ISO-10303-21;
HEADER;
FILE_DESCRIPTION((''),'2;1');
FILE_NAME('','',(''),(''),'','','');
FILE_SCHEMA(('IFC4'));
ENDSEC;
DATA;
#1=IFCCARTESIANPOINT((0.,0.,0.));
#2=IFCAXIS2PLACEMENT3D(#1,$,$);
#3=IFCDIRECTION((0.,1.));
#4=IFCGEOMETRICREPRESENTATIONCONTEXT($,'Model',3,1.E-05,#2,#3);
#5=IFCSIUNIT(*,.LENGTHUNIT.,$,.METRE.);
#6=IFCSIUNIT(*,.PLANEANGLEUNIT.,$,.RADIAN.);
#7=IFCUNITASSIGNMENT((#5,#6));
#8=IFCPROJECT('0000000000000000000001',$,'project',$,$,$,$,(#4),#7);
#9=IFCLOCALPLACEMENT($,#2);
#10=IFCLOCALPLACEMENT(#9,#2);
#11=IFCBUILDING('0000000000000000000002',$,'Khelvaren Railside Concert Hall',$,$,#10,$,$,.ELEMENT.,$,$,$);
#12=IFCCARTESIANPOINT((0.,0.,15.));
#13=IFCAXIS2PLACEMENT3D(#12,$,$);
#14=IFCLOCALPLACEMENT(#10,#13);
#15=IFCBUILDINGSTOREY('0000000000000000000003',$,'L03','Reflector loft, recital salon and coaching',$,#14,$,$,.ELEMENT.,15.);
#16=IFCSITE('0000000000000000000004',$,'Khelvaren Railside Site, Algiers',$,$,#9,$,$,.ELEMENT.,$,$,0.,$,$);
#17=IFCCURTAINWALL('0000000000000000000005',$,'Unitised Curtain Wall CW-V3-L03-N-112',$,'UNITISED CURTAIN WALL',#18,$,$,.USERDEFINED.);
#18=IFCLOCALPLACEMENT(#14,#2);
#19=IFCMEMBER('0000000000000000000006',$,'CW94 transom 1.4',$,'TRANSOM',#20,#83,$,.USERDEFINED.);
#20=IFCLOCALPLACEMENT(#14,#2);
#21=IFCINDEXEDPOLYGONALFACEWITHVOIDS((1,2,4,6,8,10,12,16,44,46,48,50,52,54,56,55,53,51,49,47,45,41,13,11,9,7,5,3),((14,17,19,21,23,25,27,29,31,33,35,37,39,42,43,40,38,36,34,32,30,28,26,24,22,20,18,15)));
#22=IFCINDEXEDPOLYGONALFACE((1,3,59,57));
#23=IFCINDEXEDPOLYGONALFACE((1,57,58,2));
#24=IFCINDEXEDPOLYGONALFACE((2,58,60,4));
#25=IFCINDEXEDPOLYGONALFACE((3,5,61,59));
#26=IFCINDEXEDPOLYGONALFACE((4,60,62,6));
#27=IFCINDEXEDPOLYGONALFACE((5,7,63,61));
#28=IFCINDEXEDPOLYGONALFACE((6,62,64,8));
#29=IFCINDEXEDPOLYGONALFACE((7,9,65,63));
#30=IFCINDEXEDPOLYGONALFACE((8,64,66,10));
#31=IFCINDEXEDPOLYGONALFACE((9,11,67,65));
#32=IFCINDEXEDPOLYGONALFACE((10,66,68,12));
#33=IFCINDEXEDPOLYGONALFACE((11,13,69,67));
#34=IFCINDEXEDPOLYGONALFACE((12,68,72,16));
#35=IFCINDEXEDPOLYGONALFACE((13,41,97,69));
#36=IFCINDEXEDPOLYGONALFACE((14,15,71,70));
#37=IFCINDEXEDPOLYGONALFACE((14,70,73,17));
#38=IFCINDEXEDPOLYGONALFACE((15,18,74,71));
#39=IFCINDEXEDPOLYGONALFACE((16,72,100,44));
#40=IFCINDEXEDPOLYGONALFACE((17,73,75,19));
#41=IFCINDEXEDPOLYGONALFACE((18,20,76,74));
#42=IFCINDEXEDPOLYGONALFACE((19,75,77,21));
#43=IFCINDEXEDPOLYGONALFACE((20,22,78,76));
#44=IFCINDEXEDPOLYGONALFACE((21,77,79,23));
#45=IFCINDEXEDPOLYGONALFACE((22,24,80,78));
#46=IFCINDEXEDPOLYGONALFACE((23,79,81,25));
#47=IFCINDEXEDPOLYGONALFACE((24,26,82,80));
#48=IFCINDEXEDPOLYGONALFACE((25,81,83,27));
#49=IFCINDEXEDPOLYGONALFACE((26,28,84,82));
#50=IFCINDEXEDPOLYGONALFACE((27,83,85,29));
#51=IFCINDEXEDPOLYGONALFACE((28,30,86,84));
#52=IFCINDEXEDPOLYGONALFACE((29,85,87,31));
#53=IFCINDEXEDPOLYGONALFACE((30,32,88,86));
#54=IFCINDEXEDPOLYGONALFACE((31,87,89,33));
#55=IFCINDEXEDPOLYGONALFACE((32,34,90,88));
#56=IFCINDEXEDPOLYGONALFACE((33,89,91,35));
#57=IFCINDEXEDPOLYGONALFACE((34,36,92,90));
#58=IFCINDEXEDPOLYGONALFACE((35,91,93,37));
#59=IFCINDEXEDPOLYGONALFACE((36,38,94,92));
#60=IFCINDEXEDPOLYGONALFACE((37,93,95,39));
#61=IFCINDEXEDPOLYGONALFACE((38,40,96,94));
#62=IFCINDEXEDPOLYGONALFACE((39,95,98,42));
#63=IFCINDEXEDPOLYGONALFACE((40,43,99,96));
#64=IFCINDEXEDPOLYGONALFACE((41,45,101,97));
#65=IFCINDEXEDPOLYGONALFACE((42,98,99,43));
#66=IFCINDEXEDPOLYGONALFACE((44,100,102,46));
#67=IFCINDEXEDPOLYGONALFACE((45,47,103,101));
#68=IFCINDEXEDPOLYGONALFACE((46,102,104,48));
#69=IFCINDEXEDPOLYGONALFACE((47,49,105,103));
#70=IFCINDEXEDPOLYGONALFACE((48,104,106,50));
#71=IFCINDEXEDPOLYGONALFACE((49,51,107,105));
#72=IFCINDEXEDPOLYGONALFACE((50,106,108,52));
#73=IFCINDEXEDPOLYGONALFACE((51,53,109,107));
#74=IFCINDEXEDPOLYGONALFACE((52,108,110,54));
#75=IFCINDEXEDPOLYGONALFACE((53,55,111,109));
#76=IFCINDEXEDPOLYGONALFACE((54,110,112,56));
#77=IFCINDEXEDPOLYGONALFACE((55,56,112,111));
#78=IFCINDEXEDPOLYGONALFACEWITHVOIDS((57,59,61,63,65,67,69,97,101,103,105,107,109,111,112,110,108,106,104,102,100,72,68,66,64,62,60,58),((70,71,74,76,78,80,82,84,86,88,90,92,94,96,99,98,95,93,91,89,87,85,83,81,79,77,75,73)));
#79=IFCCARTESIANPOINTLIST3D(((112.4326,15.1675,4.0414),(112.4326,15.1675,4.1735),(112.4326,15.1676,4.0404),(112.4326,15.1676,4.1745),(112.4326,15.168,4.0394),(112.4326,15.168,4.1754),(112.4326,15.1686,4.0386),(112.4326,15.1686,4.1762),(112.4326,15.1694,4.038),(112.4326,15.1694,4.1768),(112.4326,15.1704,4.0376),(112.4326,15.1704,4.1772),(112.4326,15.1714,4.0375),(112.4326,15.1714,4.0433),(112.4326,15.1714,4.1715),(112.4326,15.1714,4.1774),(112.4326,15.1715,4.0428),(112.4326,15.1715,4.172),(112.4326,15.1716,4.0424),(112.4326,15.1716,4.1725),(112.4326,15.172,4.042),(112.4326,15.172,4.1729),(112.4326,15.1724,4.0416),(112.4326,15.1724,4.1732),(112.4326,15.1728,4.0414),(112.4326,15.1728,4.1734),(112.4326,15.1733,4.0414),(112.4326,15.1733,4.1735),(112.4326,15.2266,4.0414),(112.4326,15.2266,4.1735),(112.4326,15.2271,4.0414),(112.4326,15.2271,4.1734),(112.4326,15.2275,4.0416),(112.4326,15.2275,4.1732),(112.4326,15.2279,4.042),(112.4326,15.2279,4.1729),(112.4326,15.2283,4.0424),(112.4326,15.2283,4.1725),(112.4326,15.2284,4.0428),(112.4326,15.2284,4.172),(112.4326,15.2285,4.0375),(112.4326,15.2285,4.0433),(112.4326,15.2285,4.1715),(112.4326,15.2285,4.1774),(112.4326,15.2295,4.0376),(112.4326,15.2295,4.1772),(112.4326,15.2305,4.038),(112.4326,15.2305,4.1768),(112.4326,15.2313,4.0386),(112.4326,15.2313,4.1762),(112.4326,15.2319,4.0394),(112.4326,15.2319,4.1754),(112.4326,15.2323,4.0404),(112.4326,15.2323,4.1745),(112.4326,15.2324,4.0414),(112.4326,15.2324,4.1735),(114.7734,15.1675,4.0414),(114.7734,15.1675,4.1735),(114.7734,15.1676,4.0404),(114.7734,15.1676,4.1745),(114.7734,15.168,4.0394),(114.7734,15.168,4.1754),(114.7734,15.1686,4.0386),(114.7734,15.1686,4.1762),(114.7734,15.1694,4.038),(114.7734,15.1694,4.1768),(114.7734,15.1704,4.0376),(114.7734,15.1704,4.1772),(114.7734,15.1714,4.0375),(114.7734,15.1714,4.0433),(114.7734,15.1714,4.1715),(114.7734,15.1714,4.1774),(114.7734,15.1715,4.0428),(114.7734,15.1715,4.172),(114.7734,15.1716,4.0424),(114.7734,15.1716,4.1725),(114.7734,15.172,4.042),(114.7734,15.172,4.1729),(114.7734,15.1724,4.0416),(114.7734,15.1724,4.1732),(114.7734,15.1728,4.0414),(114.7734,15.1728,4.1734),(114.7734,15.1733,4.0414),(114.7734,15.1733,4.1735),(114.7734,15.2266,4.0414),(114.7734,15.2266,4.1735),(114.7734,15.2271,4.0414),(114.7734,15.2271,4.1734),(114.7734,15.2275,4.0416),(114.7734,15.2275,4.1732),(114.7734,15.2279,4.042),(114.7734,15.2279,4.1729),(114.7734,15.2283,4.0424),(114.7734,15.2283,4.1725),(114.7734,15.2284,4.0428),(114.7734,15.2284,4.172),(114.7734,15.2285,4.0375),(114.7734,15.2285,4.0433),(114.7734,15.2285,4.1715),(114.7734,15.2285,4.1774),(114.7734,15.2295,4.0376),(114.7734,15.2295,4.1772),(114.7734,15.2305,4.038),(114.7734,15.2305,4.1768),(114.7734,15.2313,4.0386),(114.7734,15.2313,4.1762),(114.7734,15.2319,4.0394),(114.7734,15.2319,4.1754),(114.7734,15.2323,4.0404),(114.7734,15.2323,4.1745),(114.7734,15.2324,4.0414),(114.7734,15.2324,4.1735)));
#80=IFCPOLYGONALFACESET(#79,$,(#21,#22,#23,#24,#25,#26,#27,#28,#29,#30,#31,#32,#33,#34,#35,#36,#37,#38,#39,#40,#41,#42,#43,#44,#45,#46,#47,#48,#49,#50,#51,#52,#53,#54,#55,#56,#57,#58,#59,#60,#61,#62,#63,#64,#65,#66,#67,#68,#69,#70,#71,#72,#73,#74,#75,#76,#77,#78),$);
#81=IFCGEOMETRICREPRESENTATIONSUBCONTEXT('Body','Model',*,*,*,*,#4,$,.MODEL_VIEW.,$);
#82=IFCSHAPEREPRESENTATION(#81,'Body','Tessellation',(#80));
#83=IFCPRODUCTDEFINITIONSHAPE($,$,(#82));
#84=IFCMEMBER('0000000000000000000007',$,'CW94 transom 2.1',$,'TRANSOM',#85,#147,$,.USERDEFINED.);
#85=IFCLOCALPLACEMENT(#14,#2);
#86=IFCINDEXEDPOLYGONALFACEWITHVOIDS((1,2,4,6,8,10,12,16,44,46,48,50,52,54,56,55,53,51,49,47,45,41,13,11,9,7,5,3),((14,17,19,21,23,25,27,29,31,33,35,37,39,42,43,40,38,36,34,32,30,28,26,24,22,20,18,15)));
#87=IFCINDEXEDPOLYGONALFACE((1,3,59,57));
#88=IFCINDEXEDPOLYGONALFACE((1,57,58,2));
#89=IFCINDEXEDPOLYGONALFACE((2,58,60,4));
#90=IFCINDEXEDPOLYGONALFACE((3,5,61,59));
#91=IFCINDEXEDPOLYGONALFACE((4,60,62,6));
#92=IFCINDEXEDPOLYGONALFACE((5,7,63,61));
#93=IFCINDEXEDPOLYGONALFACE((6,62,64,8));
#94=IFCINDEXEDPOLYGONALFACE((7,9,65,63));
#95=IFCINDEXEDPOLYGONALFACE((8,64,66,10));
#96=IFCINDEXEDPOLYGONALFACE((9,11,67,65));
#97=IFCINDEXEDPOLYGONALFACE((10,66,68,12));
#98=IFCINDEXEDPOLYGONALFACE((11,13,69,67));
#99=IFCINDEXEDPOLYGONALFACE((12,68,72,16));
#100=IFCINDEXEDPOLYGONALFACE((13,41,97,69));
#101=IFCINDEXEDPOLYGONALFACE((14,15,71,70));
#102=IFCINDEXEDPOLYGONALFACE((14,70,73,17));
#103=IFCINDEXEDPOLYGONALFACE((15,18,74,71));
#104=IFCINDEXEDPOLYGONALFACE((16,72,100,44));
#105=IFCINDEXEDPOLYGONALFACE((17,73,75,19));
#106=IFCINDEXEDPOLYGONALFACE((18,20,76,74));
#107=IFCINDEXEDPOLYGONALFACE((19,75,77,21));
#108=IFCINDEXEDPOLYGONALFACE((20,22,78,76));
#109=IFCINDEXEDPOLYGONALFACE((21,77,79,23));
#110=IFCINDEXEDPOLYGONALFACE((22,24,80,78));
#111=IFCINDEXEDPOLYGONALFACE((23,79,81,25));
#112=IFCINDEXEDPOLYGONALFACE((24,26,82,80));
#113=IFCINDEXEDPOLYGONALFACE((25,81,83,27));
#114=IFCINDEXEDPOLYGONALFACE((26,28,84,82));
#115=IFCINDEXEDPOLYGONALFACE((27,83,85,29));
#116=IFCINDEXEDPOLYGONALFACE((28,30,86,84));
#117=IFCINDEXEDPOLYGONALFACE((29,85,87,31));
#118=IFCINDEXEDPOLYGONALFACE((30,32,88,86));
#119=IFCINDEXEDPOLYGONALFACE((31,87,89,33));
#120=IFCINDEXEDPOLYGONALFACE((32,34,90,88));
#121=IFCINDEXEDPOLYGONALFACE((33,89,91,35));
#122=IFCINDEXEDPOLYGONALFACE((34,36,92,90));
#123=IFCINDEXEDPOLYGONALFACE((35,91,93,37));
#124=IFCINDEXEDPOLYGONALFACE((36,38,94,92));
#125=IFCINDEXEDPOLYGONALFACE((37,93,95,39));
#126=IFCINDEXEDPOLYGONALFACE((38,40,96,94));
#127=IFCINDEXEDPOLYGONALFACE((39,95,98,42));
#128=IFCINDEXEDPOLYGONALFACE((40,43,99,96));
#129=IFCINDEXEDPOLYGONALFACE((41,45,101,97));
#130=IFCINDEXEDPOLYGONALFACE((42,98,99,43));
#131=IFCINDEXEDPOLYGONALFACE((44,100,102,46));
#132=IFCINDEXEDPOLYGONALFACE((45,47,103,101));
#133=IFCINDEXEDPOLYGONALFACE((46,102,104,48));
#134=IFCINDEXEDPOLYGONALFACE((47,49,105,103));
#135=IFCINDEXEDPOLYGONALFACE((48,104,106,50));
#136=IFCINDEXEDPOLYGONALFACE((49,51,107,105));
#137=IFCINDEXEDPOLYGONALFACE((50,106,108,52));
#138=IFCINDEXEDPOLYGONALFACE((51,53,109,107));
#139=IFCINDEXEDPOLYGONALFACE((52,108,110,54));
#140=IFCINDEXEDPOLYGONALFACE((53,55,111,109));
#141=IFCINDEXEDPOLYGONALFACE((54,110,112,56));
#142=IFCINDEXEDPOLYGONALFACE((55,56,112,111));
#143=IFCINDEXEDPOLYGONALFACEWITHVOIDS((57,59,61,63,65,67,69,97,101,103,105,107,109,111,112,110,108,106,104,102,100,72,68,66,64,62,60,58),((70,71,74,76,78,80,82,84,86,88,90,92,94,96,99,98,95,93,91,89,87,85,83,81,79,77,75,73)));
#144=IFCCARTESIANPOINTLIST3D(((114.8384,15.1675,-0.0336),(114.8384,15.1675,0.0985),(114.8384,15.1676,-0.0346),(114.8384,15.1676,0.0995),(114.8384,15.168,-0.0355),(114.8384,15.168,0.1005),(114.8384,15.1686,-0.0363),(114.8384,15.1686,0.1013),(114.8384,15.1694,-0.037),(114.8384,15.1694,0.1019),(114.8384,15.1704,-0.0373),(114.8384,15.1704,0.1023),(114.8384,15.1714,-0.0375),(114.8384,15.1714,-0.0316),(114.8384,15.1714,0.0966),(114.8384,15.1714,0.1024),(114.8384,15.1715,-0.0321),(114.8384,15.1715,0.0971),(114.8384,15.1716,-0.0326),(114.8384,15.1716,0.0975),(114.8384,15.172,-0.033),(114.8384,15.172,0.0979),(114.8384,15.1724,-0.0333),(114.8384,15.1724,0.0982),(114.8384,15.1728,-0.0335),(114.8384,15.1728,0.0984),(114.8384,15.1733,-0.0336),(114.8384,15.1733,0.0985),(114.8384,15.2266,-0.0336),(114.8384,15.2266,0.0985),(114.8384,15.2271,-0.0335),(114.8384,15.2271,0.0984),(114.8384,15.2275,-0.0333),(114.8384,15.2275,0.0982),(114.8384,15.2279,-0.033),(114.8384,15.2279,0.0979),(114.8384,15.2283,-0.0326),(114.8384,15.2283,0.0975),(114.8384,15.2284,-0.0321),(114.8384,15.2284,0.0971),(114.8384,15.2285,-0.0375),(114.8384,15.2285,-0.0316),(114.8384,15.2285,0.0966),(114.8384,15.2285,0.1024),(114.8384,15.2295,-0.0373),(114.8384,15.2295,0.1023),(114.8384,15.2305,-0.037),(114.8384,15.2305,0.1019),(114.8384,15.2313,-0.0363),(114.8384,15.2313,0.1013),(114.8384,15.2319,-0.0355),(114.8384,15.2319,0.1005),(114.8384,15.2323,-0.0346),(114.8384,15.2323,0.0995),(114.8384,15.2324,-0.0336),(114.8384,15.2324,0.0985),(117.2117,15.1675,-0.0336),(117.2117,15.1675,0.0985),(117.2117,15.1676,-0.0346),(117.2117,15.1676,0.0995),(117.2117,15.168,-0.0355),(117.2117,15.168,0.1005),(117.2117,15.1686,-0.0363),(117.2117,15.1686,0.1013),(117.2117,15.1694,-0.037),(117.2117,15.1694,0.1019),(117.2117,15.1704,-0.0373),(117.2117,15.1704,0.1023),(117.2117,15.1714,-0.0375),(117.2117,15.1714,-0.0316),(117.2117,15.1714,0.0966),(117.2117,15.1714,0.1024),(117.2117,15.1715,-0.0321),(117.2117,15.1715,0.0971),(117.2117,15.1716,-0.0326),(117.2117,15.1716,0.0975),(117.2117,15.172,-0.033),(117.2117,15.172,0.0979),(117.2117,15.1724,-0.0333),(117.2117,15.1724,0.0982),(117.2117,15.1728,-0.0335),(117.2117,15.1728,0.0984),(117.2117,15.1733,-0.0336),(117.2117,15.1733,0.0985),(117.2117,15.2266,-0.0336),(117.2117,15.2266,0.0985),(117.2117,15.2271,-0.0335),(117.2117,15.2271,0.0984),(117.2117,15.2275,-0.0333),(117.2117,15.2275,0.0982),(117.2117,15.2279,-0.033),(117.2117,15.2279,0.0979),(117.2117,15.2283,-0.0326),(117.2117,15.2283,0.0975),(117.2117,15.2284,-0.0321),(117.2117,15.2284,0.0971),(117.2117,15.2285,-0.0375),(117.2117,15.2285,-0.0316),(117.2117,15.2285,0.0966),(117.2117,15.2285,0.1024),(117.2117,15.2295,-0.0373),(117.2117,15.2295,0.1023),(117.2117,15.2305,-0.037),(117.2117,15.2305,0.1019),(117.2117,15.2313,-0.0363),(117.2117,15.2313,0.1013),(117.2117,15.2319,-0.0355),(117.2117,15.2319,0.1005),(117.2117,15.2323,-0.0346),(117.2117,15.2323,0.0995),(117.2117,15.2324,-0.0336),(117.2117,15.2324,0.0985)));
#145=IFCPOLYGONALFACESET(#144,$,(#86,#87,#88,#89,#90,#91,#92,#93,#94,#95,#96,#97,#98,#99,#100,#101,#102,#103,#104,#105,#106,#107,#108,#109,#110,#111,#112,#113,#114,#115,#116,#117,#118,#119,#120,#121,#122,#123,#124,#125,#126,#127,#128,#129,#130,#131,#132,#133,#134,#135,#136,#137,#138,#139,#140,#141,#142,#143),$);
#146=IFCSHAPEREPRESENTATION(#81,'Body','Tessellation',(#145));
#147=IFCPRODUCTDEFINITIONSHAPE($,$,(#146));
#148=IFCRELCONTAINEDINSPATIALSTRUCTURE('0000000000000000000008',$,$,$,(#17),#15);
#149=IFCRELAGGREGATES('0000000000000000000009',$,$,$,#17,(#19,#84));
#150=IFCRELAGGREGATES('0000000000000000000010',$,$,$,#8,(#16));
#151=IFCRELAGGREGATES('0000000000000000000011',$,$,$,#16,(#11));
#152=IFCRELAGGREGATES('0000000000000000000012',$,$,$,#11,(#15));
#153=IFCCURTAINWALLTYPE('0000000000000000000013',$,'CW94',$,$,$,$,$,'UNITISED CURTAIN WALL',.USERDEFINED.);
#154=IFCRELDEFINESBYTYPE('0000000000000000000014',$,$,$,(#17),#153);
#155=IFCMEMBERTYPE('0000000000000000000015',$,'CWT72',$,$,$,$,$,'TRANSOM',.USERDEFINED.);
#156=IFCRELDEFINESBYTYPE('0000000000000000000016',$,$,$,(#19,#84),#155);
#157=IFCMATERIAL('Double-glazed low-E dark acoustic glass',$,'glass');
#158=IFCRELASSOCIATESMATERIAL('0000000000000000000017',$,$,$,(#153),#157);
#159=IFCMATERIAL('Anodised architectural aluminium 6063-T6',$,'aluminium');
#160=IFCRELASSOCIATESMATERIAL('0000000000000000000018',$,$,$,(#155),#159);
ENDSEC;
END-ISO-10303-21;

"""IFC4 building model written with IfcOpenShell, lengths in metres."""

from ifc_helpers import new_model, si_unit, direction, frame, origin, origin_2d, place, context, subcontext, project, spatial, hollow_rectangle, extrude, material, material_profile, profile_set, type_object, element, aggregate, save


model = new_model("IFC4")

# Units and contexts
model_context = context("Model", 3, precision=1e-05, world=origin(), true_north=direction((0.0, 1.0)))
body_context = subcontext(model_context, "Body", "Model", "MODEL_VIEW")
ifc_project = project(units=[si_unit("LENGTHUNIT", "METRE"), si_unit("PLANEANGLEUNIT", "RADIAN")], contexts=[model_context])

# Site, building, storey
site_placement = place(None, origin())
site = spatial("IfcSite", under=ifc_project, at=site_placement, Name="Khelvaren Railside Site, Algiers", CompositionType="ELEMENT", RefElevation=0.0)
building_placement = place(site_placement, origin())
building = spatial("IfcBuilding", under=site, at=building_placement, Name="Khelvaren Railside Concert Hall", CompositionType="ELEMENT")
storey_placement = place(building_placement, frame((0.0, 0.0, 15.0)))
storey = spatial("IfcBuildingStorey", under=building, at=storey_placement, Name="L03", Description="Reflector loft, recital salon and coaching", CompositionType="ELEMENT", Elevation=15.0)

# Curtain wall
ifc_material_1 = material(Name="Double-glazed low-E dark acoustic glass", Category="glass")
ifc_material_2 = material(Name="Anodised architectural aluminium 6063-T6", Category="aluminium")
curtain_wall_type_1 = type_object("IfcCurtainWallType", Name="CW94", ElementType="UNITISED CURTAIN WALL", PredefinedType="USERDEFINED", material=ifc_material_1)
curtain_wall_1_placement = place(storey_placement, origin())
curtain_wall_1 = element("IfcCurtainWall", 1, at=curtain_wall_1_placement, inside=storey, type_object=curtain_wall_type_1, Name="Unitised Curtain Wall CW-V3-L03-N-112", ObjectType="UNITISED CURTAIN WALL", PredefinedType="USERDEFINED")

# Members
ifc_material_profile_1 = material_profile(ifc_material_2, hollow_rectangle(XDim=0.0649, YDim=0.1399, WallThickness=0.0039, InnerFilletRadius=0.002, OuterFilletRadius=0.0039, at=origin_2d()), Name="CWT 65x140x4")
ifc_profile_set_1 = profile_set([ifc_material_profile_1], Name="Anodised architectural aluminium 6063-T6")
member_type_1 = type_object("IfcMemberType", Name="CWT72", ElementType="TRANSOM", PredefinedType="USERDEFINED", material=ifc_profile_set_1)
member_1_placement = place(storey_placement, frame((112.4326, 15.2, 4.1074), z_axis=(1.0, 0.0, 0.0), x_axis=(0.0, 1.0, 0.0)))
member_1 = element("IfcMember", 2, at=member_1_placement, type_object=member_type_1, Name="CW94 transom 1.4", ObjectType="TRANSOM", PredefinedType="USERDEFINED", context=body_context, shape_type="SweptSolid", body=[
    extrude(hollow_rectangle(XDim=0.0649, YDim=0.1399, WallThickness=0.0039, InnerFilletRadius=0.002, OuterFilletRadius=0.0039, at=origin_2d()), origin(), (0.0, 0.0, 1.0), 2.3408),
])
member_2_placement = place(storey_placement, frame((114.8384, 15.2, 0.0325), z_axis=(1.0, 0.0, 0.0), x_axis=(0.0, 1.0, 0.0)))
member_2 = element("IfcMember", 3, at=member_2_placement, type_object=member_type_1, Name="CW94 transom 2.1", ObjectType="TRANSOM", PredefinedType="USERDEFINED", context=body_context, shape_type="SweptSolid", body=[
    extrude(hollow_rectangle(XDim=0.0649, YDim=0.1399, WallThickness=0.0039, InnerFilletRadius=0.002, OuterFilletRadius=0.0039, at=origin_2d()), origin(), (0.0, 0.0, 1.0), 2.3733),
])

aggregate(curtain_wall_1, [member_1, member_2])

save(model, "model.ifc")
